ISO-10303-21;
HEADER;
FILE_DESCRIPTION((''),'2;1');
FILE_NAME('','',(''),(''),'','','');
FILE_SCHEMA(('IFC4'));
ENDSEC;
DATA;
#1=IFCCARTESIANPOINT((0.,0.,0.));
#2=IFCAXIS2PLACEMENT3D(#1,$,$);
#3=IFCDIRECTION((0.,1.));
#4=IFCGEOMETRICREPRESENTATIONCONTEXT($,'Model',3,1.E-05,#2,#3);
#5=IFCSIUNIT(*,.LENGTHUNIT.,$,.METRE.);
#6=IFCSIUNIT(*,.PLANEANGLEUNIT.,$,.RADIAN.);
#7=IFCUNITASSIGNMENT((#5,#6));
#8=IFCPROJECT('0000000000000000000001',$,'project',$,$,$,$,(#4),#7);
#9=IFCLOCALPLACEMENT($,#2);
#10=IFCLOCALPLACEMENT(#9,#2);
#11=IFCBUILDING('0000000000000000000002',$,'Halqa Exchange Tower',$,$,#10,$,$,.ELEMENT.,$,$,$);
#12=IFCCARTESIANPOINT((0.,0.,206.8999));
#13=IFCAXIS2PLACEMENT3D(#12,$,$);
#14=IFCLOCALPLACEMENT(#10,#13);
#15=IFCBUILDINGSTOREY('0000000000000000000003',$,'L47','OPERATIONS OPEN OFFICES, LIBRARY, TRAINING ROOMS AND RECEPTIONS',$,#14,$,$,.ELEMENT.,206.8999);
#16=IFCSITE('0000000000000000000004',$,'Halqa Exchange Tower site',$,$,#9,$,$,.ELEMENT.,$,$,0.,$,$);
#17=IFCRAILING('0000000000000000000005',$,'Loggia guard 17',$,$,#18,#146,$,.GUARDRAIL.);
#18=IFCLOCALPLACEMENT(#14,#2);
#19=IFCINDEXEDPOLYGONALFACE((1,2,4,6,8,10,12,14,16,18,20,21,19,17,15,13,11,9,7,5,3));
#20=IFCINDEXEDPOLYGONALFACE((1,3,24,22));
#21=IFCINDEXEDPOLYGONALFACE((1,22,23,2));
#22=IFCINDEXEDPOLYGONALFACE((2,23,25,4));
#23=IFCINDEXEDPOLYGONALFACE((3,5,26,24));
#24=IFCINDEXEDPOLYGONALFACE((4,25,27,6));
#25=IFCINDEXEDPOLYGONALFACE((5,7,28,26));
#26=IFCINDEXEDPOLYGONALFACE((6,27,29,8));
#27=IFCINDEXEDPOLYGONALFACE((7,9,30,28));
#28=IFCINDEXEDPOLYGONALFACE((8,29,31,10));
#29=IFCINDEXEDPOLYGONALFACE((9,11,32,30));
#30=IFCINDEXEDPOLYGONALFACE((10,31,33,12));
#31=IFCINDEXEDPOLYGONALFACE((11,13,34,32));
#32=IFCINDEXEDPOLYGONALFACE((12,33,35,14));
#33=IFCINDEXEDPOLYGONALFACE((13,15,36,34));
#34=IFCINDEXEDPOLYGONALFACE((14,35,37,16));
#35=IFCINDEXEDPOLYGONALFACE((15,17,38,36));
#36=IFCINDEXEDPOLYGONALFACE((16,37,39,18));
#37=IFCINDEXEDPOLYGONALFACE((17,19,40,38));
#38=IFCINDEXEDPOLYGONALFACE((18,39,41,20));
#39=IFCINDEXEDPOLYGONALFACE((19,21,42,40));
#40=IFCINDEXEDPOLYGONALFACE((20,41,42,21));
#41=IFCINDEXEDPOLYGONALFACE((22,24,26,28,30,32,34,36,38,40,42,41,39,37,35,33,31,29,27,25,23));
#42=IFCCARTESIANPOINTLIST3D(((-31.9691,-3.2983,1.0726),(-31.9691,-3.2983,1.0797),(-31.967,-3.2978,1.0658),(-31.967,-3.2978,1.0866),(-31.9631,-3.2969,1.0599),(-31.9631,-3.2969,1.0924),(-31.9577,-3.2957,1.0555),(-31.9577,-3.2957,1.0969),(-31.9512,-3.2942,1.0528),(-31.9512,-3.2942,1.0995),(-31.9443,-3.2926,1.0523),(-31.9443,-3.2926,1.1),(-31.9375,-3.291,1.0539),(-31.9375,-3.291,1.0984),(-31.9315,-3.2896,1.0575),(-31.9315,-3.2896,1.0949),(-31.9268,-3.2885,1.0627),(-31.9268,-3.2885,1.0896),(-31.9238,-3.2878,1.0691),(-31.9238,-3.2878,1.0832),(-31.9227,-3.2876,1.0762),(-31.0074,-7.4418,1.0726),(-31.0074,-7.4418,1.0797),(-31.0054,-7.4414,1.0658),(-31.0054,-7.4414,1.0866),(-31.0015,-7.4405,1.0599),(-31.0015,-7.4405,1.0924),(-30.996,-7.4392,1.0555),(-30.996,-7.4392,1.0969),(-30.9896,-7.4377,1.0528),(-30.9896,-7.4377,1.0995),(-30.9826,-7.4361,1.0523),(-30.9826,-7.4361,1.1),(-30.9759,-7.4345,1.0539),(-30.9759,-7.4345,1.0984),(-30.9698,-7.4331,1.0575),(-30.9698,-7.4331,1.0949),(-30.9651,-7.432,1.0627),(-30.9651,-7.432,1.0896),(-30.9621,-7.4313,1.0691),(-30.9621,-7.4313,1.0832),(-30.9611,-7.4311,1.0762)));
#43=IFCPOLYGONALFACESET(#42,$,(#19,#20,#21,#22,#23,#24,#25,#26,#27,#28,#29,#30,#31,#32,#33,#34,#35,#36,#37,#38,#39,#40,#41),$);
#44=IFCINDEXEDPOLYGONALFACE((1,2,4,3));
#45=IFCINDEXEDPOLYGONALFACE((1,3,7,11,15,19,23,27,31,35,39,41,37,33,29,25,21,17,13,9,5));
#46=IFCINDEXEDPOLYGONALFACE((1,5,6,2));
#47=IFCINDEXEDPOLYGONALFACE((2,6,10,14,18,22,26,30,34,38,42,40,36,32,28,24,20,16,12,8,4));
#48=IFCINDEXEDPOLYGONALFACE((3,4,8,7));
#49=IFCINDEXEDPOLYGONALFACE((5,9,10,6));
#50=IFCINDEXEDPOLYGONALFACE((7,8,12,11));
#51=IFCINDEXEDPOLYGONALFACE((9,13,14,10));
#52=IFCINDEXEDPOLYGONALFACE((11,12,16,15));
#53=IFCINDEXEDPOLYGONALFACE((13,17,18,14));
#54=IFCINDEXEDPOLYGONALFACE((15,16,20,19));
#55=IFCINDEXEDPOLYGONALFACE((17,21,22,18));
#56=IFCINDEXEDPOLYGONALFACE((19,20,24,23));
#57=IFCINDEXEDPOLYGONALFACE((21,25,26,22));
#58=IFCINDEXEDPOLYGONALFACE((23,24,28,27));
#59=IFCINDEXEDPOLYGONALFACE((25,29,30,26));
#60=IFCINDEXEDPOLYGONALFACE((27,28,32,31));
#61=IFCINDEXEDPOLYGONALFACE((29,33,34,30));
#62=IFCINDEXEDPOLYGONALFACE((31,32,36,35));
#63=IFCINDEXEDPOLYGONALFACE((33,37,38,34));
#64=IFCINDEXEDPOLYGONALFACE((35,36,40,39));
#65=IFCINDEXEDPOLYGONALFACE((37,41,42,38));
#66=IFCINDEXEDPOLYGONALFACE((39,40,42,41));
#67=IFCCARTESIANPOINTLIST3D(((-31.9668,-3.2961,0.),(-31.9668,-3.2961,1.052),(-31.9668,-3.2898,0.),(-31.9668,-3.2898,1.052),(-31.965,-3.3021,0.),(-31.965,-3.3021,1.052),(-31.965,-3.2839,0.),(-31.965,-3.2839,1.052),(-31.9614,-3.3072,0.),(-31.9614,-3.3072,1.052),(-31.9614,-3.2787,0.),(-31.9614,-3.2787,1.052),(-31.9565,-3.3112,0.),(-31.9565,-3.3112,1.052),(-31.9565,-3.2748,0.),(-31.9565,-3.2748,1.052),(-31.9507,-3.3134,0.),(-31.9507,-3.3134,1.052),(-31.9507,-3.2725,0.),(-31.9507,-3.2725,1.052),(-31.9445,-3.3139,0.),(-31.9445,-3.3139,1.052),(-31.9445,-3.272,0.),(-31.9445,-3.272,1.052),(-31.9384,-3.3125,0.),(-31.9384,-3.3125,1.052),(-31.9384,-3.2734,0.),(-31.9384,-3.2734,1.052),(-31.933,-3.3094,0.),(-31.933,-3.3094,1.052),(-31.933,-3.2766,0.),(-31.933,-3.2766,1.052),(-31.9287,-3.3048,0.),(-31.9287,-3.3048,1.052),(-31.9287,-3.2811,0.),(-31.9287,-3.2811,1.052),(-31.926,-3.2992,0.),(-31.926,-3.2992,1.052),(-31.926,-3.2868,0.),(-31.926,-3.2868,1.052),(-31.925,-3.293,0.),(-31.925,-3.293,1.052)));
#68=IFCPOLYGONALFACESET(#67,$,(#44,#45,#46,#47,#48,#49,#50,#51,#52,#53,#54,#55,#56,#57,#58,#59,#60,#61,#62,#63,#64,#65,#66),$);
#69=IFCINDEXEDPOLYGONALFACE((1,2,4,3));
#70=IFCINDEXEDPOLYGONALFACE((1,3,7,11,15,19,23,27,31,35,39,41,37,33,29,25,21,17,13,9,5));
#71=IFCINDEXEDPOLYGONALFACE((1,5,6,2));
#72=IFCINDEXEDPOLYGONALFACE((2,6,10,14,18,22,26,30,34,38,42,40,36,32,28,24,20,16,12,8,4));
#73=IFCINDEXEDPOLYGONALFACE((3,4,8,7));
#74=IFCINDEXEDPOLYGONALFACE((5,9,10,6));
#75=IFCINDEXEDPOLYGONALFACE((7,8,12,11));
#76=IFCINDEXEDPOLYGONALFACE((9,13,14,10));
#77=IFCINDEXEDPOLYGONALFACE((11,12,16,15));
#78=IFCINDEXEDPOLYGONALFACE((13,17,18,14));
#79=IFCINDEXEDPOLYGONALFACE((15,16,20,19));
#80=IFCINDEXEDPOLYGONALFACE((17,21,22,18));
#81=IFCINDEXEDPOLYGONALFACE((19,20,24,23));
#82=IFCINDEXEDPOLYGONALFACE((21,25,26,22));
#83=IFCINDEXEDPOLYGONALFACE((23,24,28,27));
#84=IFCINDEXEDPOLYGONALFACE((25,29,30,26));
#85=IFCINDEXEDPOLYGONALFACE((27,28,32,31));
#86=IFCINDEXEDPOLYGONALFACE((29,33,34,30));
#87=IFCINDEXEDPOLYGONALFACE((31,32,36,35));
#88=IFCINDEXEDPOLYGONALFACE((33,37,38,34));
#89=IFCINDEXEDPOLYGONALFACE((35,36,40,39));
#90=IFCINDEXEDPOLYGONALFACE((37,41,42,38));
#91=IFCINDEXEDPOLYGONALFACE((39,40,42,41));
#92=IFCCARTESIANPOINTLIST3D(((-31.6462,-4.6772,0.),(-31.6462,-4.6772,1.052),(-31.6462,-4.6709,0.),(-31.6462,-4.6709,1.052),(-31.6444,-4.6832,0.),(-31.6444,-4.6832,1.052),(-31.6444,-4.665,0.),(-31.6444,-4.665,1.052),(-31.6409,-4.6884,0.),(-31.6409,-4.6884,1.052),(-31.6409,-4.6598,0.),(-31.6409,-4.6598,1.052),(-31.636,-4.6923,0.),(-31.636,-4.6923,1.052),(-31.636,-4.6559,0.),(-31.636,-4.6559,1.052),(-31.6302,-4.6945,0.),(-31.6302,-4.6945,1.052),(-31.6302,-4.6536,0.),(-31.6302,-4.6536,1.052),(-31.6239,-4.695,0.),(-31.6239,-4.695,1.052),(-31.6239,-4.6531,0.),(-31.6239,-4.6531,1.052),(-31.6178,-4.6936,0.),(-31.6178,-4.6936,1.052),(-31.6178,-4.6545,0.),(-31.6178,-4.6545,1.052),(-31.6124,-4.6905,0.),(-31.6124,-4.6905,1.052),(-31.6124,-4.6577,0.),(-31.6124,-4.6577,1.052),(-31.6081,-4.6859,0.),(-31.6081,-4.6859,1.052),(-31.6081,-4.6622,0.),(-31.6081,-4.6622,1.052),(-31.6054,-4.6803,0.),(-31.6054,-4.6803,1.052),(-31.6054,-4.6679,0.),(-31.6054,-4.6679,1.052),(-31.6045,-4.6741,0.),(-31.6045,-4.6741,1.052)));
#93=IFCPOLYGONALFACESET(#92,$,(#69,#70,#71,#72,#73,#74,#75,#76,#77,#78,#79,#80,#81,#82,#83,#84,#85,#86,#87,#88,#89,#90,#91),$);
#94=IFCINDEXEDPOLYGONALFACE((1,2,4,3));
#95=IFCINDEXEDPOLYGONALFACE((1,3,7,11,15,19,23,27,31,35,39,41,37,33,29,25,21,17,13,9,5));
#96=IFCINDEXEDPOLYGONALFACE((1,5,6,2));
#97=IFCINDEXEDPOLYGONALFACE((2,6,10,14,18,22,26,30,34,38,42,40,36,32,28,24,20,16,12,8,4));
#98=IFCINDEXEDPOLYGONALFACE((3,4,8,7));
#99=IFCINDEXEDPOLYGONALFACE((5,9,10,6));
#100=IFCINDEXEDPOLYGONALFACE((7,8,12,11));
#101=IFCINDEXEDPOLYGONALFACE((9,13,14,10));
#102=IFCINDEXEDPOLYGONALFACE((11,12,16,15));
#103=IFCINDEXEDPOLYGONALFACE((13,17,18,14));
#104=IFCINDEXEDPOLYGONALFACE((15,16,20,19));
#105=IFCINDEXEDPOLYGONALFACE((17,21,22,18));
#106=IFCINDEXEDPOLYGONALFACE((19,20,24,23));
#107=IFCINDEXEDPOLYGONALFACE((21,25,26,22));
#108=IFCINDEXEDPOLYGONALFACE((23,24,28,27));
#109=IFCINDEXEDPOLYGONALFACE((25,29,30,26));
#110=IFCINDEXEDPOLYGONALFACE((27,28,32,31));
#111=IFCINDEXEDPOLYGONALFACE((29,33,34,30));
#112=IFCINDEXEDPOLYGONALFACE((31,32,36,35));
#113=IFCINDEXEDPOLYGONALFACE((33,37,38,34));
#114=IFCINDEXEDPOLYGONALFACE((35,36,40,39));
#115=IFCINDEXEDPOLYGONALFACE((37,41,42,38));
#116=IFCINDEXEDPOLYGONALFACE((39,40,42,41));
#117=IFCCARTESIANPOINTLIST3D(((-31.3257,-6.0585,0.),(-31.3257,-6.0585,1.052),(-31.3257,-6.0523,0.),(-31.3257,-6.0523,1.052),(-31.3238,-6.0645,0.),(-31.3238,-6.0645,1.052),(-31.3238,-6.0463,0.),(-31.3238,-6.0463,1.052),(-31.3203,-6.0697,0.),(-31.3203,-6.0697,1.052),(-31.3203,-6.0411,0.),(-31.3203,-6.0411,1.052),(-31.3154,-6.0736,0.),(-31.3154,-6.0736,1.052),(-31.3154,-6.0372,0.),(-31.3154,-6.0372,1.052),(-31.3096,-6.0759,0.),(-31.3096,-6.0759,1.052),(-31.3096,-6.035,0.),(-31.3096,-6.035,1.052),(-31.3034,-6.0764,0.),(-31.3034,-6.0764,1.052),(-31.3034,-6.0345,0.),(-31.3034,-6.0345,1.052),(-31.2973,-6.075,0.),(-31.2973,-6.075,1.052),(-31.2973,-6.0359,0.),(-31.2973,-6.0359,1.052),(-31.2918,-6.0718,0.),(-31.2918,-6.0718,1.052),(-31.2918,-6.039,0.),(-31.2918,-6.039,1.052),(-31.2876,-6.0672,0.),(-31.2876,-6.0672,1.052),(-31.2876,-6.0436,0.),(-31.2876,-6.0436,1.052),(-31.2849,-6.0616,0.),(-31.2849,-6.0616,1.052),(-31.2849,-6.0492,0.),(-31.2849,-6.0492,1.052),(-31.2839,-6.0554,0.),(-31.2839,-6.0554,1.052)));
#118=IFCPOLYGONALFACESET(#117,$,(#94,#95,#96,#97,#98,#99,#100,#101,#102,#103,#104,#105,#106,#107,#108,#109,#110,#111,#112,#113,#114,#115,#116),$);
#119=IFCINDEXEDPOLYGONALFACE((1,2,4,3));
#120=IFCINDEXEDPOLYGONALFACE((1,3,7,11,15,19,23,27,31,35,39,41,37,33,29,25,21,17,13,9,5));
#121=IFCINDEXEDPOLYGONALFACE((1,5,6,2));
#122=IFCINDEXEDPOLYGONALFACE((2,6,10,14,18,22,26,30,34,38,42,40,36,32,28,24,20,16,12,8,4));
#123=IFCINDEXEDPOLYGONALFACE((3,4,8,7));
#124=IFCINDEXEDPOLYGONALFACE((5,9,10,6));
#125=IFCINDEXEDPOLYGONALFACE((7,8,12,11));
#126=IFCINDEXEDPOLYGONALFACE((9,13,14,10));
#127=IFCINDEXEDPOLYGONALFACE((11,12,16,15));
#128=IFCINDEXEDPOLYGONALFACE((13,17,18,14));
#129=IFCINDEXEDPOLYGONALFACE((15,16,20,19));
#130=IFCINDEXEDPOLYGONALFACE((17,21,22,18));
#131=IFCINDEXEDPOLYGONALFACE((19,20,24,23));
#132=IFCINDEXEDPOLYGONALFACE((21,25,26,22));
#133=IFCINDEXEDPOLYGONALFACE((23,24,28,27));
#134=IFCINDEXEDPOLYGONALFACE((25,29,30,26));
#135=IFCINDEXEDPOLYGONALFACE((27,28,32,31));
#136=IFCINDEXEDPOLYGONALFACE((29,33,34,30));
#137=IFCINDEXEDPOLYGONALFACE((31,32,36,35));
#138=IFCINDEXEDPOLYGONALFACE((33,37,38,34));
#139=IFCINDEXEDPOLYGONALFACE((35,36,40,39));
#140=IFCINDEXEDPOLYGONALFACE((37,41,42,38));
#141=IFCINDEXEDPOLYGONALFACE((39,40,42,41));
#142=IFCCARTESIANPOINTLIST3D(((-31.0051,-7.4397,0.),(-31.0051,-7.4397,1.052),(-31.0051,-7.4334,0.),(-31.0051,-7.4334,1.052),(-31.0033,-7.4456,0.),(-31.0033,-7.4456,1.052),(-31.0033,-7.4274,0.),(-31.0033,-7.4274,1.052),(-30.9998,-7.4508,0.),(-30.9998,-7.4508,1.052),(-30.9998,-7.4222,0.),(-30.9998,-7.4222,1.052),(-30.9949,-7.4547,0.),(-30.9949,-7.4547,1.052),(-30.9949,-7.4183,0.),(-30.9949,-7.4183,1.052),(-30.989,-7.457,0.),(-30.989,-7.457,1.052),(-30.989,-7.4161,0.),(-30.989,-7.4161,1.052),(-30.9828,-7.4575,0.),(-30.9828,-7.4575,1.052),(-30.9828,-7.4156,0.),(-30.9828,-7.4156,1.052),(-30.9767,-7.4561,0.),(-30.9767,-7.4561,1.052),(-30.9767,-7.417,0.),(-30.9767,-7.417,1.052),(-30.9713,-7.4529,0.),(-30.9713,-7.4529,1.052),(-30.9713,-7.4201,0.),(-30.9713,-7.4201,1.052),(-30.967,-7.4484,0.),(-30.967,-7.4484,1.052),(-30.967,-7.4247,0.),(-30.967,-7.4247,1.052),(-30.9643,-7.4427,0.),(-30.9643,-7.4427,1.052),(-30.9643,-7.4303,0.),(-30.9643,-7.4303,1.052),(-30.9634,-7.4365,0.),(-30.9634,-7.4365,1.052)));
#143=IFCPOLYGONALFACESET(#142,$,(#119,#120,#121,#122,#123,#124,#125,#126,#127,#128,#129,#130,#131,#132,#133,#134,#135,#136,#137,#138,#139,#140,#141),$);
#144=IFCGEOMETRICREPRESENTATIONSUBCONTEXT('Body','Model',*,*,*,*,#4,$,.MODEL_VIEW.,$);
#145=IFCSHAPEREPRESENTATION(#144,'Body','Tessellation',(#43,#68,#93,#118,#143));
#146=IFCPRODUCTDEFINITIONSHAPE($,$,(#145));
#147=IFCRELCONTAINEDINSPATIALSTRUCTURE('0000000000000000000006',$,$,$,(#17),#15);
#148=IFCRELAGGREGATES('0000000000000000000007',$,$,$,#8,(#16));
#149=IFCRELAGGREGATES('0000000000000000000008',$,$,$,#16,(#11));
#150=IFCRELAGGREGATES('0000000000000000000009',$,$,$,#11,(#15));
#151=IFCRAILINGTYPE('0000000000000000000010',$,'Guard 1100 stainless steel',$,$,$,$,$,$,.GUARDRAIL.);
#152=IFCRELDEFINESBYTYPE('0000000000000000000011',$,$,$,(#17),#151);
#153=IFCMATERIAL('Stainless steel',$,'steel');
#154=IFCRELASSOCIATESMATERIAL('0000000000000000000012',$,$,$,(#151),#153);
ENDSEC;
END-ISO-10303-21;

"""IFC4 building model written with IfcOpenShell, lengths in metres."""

from ifc_helpers import new_model, si_unit, direction, frame, origin, origin_2d, place, context, subcontext, project, spatial, circle, extrude, material, type_object, element, save


model = new_model("IFC4")

# Units and contexts
model_context = context("Model", 3, precision=1e-05, world=origin(), true_north=direction((0.0, 1.0)))
body_context = subcontext(model_context, "Body", "Model", "MODEL_VIEW")
ifc_project = project(units=[si_unit("LENGTHUNIT", "METRE"), si_unit("PLANEANGLEUNIT", "RADIAN")], contexts=[model_context])

# Site, building, storey
site_placement = place(None, origin())
site = spatial("IfcSite", under=ifc_project, at=site_placement, Name="Halqa Exchange Tower site", CompositionType="ELEMENT", RefElevation=0.0)
building_placement = place(site_placement, origin())
building = spatial("IfcBuilding", under=site, at=building_placement, Name="Halqa Exchange Tower", CompositionType="ELEMENT")
storey_placement = place(building_placement, frame((0.0, 0.0, 206.8999)))
storey = spatial("IfcBuildingStorey", under=building, at=storey_placement, Name="L47", Description="OPERATIONS OPEN OFFICES, LIBRARY, TRAINING ROOMS AND RECEPTIONS", CompositionType="ELEMENT", Elevation=206.8999)

# Railing
ifc_material_1 = material(Name="Stainless steel", Category="steel")
railing_type = type_object("IfcRailingType", Name="Guard 1100 stainless steel", PredefinedType="GUARDRAIL", material=ifc_material_1)
railing_1_placement = place(storey_placement, frame((-31.946, -3.293, 0.0)))
element("IfcRailing", 1, at=railing_1_placement, inside=storey, type_object=railing_type, Name="Loggia guard 17", PredefinedType="GUARDRAIL", context=body_context, shape_type="SweptSolid", body=[
    extrude(circle(Radius=0.0239, at=origin_2d()), frame((0.0, 0.0, 1.0762), z_axis=(0.226079, -0.974109, 0.0), x_axis=(0.974109, 0.226079, 0.0)), (0.0, 0.0, 1.0), 4.2537),
    extrude(circle(Radius=0.021, at=origin_2d()), origin(), (0.0, 0.0, 1.0), 1.052),
    extrude(circle(Radius=0.021, at=origin_2d()), frame((0.3206, -1.3811, 0.0)), (0.0, 0.0, 1.0), 1.052),
    extrude(circle(Radius=0.021, at=origin_2d()), frame((0.6411, -2.7625, 0.0)), (0.0, 0.0, 1.0), 1.052),
    extrude(circle(Radius=0.021, at=origin_2d()), frame((0.9617, -4.1436, 0.0)), (0.0, 0.0, 1.0), 1.052),
])

save(model, "model.ifc")
